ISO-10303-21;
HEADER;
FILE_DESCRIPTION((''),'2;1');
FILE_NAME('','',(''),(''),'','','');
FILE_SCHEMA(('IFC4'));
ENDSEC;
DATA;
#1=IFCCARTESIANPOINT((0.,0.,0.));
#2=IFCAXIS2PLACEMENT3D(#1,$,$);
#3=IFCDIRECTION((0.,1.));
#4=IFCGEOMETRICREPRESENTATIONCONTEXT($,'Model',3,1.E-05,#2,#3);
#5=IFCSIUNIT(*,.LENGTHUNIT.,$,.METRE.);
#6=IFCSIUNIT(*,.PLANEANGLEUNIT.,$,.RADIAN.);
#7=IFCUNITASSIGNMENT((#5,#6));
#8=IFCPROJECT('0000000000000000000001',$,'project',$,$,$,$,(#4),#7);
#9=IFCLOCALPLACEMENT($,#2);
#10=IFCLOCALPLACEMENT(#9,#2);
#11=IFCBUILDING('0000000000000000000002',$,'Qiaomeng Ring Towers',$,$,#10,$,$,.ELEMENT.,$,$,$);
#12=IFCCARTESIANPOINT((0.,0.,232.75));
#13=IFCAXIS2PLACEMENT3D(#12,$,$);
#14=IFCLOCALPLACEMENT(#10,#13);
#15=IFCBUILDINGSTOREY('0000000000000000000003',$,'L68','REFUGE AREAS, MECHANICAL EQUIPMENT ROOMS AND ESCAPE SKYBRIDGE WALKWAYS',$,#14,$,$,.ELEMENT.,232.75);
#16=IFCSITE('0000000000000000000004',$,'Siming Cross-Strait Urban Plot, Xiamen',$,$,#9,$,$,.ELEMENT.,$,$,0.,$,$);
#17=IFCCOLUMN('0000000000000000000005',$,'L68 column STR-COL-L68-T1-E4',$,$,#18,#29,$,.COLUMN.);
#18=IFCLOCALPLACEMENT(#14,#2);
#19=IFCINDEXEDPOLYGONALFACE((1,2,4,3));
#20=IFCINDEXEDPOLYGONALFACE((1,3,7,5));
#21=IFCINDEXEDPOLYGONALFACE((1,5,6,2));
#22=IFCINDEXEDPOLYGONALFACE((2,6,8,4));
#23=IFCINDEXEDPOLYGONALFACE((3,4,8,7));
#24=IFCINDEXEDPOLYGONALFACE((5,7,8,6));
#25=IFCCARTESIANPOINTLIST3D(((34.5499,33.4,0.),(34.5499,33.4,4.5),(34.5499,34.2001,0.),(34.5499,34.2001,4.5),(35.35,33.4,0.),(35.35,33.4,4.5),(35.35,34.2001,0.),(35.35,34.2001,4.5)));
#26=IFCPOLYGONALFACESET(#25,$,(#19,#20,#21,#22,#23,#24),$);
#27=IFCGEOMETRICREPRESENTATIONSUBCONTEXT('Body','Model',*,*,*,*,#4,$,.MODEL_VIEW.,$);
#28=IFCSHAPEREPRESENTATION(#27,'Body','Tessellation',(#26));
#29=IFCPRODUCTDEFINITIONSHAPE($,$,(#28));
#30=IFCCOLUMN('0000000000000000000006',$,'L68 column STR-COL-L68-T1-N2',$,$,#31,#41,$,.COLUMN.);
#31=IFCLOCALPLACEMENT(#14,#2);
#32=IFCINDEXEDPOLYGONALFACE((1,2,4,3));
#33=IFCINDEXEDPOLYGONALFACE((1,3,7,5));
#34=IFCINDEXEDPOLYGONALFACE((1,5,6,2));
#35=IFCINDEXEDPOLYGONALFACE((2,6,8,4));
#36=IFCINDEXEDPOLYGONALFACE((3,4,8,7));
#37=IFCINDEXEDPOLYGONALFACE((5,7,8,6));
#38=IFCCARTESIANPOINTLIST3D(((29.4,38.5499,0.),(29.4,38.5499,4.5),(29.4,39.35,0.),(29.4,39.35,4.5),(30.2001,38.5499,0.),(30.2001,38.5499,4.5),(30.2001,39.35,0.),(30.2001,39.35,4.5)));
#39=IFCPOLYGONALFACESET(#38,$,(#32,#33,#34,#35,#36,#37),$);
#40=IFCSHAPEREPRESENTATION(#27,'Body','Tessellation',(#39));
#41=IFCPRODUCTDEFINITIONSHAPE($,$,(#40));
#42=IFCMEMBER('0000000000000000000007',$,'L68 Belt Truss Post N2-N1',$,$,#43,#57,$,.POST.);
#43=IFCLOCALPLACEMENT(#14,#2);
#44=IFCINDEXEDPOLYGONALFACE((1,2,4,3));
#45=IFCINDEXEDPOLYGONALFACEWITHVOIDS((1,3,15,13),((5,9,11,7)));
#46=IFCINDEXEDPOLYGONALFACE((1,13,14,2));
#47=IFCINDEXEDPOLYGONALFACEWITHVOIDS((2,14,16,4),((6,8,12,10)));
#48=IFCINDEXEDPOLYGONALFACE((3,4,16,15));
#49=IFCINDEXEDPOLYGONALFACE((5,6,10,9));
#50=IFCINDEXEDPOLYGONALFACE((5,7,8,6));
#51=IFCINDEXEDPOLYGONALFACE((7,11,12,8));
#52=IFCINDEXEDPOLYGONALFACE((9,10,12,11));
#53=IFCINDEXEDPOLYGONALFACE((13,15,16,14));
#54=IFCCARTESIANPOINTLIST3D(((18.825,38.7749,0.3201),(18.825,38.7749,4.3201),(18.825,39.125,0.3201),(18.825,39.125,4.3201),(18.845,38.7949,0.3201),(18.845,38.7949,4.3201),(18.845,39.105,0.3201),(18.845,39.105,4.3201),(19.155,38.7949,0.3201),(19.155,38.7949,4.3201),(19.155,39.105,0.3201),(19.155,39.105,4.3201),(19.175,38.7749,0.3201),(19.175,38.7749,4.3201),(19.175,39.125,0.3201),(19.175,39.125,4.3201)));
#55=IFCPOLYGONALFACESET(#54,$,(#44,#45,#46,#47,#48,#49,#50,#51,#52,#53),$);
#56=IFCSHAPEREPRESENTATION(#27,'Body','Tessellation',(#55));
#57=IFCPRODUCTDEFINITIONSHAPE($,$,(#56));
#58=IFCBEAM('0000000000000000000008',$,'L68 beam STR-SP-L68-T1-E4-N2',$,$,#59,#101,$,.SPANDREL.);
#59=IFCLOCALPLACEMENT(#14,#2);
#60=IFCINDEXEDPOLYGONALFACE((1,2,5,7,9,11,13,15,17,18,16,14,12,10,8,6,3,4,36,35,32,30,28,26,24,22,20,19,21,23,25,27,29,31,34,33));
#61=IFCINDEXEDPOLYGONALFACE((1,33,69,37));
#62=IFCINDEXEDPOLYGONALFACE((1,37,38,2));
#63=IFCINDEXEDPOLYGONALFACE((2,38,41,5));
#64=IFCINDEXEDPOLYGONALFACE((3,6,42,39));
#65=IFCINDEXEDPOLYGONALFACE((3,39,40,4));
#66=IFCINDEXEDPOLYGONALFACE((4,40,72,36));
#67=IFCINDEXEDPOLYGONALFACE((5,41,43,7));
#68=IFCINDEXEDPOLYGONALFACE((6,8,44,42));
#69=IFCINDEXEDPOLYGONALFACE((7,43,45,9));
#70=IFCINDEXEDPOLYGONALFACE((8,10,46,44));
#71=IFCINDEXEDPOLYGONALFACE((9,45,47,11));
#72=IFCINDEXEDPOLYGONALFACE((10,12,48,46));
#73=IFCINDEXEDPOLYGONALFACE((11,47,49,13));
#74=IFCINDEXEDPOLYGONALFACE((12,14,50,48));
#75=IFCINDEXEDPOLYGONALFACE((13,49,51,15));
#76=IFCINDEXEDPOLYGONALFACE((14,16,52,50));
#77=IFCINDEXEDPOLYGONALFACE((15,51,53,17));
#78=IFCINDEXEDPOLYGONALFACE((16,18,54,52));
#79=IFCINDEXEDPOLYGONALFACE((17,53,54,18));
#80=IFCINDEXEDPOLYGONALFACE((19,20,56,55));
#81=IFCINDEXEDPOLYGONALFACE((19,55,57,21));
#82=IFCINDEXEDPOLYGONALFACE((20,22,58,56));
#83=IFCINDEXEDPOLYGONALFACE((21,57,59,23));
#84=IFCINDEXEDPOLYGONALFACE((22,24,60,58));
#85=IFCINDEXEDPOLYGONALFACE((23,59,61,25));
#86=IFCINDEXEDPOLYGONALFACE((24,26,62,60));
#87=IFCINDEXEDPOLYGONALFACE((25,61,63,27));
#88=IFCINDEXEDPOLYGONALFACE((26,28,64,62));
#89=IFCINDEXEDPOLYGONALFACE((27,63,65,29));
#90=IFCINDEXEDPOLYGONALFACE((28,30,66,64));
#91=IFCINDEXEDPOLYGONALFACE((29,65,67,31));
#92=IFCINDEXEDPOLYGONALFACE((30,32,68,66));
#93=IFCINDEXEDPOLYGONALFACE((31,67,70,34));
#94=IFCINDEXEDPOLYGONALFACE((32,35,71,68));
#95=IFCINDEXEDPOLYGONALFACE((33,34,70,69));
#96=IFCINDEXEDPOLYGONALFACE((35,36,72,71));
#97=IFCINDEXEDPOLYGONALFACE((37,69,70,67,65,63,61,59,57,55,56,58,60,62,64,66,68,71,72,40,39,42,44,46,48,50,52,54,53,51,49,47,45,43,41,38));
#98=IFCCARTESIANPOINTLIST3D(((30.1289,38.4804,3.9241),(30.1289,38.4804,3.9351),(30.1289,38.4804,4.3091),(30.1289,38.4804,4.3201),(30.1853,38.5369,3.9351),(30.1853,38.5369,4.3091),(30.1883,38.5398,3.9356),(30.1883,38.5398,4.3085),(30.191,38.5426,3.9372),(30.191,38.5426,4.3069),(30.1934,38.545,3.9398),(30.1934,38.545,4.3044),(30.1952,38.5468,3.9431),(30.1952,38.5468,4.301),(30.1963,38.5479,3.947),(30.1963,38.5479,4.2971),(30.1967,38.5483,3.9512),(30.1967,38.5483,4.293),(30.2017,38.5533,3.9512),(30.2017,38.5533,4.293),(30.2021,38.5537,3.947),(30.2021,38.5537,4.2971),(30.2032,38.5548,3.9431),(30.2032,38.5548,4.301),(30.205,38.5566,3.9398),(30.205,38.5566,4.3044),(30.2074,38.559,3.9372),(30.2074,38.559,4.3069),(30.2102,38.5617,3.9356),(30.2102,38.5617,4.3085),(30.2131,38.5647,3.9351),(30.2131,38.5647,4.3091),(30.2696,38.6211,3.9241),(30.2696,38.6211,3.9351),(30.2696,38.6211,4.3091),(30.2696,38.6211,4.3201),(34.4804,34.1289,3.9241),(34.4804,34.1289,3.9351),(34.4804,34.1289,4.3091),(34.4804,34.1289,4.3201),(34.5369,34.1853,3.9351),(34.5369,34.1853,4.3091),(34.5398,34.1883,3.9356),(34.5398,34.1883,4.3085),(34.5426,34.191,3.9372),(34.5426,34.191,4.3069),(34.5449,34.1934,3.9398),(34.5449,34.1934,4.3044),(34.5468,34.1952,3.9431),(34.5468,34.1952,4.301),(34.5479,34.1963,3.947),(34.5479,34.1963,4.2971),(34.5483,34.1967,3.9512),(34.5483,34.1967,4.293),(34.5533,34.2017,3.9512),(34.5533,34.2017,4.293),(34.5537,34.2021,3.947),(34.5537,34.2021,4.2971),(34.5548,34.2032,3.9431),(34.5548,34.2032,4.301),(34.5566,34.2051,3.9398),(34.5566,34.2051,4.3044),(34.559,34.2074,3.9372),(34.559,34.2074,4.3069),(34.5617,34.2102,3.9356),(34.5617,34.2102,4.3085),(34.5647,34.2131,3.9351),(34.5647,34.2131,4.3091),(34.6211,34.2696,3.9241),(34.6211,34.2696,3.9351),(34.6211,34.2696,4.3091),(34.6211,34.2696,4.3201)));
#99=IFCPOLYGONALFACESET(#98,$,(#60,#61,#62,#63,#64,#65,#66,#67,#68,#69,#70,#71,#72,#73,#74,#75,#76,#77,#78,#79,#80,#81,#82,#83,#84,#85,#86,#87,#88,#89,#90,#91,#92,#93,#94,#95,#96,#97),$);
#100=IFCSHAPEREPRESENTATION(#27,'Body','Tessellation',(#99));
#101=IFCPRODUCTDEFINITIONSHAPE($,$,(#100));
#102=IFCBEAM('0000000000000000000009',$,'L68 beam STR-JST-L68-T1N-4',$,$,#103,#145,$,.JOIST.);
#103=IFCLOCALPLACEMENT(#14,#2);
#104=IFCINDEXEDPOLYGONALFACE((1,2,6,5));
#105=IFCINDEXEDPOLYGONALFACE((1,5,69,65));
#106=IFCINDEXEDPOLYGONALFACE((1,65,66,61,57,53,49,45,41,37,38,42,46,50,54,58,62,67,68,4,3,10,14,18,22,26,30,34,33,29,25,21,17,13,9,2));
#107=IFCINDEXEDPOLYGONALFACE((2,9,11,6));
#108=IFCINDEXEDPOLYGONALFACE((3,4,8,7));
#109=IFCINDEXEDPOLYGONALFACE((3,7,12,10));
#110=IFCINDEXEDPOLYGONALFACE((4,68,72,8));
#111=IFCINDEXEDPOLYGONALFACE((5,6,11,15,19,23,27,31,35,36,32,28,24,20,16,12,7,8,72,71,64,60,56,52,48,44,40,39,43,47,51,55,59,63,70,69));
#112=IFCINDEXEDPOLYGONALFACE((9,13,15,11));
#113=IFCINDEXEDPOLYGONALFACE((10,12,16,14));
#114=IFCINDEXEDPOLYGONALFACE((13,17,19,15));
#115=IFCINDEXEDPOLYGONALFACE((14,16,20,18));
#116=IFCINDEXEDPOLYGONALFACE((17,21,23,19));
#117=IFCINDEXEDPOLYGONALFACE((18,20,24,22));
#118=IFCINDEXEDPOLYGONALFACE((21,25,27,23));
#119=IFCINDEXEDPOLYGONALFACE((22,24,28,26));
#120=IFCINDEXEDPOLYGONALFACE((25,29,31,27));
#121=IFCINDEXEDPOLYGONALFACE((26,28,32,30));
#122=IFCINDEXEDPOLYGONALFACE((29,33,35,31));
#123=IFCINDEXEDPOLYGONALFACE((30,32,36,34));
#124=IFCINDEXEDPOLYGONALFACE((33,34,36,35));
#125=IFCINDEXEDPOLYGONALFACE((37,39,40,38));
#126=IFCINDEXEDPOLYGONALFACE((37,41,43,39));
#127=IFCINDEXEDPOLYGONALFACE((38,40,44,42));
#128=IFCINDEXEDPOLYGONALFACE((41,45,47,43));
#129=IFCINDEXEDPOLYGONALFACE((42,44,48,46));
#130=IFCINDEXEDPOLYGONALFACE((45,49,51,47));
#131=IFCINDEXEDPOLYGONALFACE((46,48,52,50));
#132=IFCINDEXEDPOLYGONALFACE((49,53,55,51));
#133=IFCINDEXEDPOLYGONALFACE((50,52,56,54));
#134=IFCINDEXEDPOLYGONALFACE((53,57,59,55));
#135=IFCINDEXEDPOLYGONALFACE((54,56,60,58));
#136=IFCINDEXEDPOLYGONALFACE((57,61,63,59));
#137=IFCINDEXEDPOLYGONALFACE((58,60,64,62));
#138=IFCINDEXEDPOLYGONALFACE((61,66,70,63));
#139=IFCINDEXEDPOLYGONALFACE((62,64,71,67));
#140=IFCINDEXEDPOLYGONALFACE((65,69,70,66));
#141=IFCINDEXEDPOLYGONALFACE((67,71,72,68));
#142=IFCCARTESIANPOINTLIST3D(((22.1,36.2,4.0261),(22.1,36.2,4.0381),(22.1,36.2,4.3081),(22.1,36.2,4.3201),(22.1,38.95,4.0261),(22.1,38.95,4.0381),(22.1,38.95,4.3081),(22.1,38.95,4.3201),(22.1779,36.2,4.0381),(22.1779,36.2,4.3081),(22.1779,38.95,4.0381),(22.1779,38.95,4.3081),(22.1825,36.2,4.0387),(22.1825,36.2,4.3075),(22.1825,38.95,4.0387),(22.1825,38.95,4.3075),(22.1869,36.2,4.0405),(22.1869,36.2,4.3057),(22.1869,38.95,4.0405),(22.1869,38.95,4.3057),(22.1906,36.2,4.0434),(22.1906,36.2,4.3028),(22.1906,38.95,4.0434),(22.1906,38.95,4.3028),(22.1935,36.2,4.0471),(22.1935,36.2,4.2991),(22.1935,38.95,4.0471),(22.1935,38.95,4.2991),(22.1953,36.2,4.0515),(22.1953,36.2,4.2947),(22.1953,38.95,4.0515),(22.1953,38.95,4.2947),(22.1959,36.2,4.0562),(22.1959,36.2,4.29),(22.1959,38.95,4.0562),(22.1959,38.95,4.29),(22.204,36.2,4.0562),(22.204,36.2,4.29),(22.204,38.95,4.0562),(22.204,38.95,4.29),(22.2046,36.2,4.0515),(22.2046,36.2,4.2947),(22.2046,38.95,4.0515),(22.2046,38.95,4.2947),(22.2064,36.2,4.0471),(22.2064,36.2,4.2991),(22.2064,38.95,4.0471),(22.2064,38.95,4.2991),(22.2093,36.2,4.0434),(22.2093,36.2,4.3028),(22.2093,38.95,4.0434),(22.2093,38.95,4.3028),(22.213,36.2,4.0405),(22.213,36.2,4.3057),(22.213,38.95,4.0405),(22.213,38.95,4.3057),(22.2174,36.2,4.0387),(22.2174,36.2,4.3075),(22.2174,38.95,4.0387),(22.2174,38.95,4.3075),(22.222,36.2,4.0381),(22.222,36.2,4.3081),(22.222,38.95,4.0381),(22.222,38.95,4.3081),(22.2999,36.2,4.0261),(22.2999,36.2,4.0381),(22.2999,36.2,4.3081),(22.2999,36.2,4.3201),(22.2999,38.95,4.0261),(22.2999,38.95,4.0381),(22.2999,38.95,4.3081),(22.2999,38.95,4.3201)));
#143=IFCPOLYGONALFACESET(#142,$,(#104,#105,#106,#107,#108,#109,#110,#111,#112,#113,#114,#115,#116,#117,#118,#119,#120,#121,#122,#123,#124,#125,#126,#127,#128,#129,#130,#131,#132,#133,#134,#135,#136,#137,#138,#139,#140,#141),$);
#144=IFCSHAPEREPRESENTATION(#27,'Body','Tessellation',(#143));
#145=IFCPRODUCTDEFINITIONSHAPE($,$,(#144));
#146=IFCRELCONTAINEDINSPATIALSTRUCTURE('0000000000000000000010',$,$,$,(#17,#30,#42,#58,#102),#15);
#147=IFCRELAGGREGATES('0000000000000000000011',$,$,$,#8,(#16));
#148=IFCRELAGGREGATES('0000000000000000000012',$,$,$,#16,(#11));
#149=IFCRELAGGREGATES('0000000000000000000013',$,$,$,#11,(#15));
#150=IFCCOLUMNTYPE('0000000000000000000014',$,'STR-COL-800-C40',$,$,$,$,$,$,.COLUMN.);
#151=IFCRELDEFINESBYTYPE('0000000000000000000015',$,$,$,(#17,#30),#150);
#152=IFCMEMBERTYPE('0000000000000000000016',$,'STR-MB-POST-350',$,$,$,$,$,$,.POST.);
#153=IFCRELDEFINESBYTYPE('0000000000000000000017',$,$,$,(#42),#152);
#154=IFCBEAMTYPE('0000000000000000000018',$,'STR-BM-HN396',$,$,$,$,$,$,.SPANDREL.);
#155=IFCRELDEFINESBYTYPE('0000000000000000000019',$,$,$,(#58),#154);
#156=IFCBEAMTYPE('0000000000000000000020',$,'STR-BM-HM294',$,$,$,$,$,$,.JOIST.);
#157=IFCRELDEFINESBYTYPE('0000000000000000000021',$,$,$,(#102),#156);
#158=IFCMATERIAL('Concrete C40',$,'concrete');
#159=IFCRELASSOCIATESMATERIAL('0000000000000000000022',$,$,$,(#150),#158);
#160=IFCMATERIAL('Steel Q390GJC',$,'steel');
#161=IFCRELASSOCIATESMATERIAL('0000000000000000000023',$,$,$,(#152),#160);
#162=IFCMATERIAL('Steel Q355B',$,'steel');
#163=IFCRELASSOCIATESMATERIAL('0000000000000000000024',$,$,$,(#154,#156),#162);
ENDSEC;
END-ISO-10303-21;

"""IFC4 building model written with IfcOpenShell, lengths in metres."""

from ifc_helpers import new_model, si_unit, direction, frame, origin, origin_2d, place, context, subcontext, project, spatial, rectangle, hollow_rectangle, i_section, extrude, source, transform, mapped, material, material_profile, profile_set, type_object, element, save


model = new_model("IFC4")

# Units and contexts
model_context = context("Model", 3, precision=1e-05, world=origin(), true_north=direction((0.0, 1.0)))
body_context = subcontext(model_context, "Body", "Model", "MODEL_VIEW")
ifc_project = project(units=[si_unit("LENGTHUNIT", "METRE"), si_unit("PLANEANGLEUNIT", "RADIAN")], contexts=[model_context])

# Site, building, storey
site_placement = place(None, origin())
site = spatial("IfcSite", under=ifc_project, at=site_placement, Name="Siming Cross-Strait Urban Plot, Xiamen", CompositionType="ELEMENT", RefElevation=0.0)
building_placement = place(site_placement, origin())
building = spatial("IfcBuilding", under=site, at=building_placement, Name="Qiaomeng Ring Towers", CompositionType="ELEMENT")
storey_placement = place(building_placement, frame((0.0, 0.0, 232.75)))
storey = spatial("IfcBuildingStorey", under=building, at=storey_placement, Name="L68", Description="REFUGE AREAS, MECHANICAL EQUIPMENT ROOMS AND ESCAPE SKYBRIDGE WALKWAYS", CompositionType="ELEMENT", Elevation=232.75)

# Columns
ifc_material_1 = material(Name="Concrete C40", Category="concrete")
ifc_material_profile_1 = material_profile(ifc_material_1, rectangle(XDim=0.8, YDim=0.8, at=origin_2d()), Name="RC COL 800x800")
ifc_profile_set_1 = profile_set([ifc_material_profile_1], Name="Concrete C40")
column_type = type_object("IfcColumnType", Name="STR-COL-800-C40", PredefinedType="COLUMN", material=ifc_profile_set_1)
shared_shape_1 = source(origin(), body_context, "Body", "SweptSolid", [
    extrude(rectangle(XDim=0.8, YDim=0.8, at=origin_2d()), origin(), (0.0, 0.0, 1.0), 4.5),
])
for number, where, z_axis, x_axis, name in (
    (1, (34.95, 33.8, 0.0), (0.0, 0.0, 1.0), (1.0, 0.0, 0.0), "L68 column STR-COL-L68-T1-E4"),
    (2, (29.8, 38.95, 0.0), (0.0, 0.0, 1.0), (1.0, 0.0, 0.0), "L68 column STR-COL-L68-T1-N2"),
):
    element("IfcColumn", number, at=place(storey_placement, frame(where, z_axis=z_axis, x_axis=x_axis)), inside=storey, type_object=column_type, Name=name, PredefinedType="COLUMN", context=body_context, shape_type="MappedRepresentation", body=[
        mapped(shared_shape_1, transform((0.0, 0.0, 0.0), x_axis=(1.0, 0.0, 0.0), y_axis=(0.0, 1.0, 0.0), z_axis=(0.0, 0.0, 1.0), scale=1.0)),
    ])

# Member
ifc_material_2 = material(Name="Steel Q390GJC", Category="steel")
ifc_material_profile_2 = material_profile(ifc_material_2, hollow_rectangle(XDim=0.3501, YDim=0.3501, WallThickness=0.02, at=origin_2d()), Name="SHS 350x350x20")
ifc_profile_set_2 = profile_set([ifc_material_profile_2], Name="Steel Q390GJC")
member_type_1 = type_object("IfcMemberType", Name="STR-MB-POST-350", PredefinedType="POST", material=ifc_profile_set_2)
shared_shape_2 = source(origin(), body_context, "Body", "SweptSolid", [
    extrude(hollow_rectangle(XDim=0.3501, YDim=0.3501, WallThickness=0.02, at=origin_2d()), origin(), (0.0, 0.0, 1.0), 4.0),
])
member_1_placement = place(storey_placement, frame((19.0, 38.95, 0.3201), z_axis=(0.0, 0.0, 1.0), x_axis=(1.0, 0.0, 0.0)))
element("IfcMember", 3, at=member_1_placement, inside=storey, type_object=member_type_1, Name="L68 Belt Truss Post N2-N1", PredefinedType="POST", context=body_context, shape_type="MappedRepresentation", body=[
    mapped(shared_shape_2, transform((0.0, 0.0, 0.0), x_axis=(1.0, 0.0, 0.0), y_axis=(0.0, 1.0, 0.0), z_axis=(0.0, 0.0, 1.0), scale=1.0)),
])

# Beams
ifc_material_3 = material(Name="Steel Q355B", Category="steel")
ifc_material_profile_3 = material_profile(ifc_material_3, i_section(OverallWidth=0.199, OverallDepth=0.396, WebThickness=0.0071, FlangeThickness=0.011, FilletRadius=0.0161, at=origin_2d()), Name="HN 396x199x7x11")
ifc_profile_set_3 = profile_set([ifc_material_profile_3], Name="Steel Q355B")
beam_type_1 = type_object("IfcBeamType", Name="STR-BM-HN396", PredefinedType="SPANDREL", material=ifc_profile_set_3)
shared_shape_3 = source(origin(), body_context, "Body", "SweptSolid", [
    extrude(i_section(OverallWidth=0.199, OverallDepth=0.396, WebThickness=0.0071, FlangeThickness=0.011, FilletRadius=0.0161, at=origin_2d()), origin(), (0.0, 0.0, 1.0), 6.1541),
])
beam_1_placement = place(storey_placement, frame((34.5508, 34.1992, 4.1221), z_axis=(-0.707107, 0.707107, 0.0), x_axis=(-0.707107, -0.707107, 0.0)))
element("IfcBeam", 4, at=beam_1_placement, inside=storey, type_object=beam_type_1, Name="L68 beam STR-SP-L68-T1-E4-N2", PredefinedType="SPANDREL", context=body_context, shape_type="MappedRepresentation", body=[
    mapped(shared_shape_3, transform((0.0, 0.0, 0.0), x_axis=(1.0, 0.0, 0.0), y_axis=(0.0, 1.0, 0.0), z_axis=(0.0, 0.0, 1.0), scale=1.0)),
])
ifc_material_profile_4 = material_profile(ifc_material_3, i_section(OverallWidth=0.2, OverallDepth=0.2939, WebThickness=0.0081, FlangeThickness=0.012, FilletRadius=0.0181, at=origin_2d()), Name="HM 294x200x8x12")
ifc_profile_set_4 = profile_set([ifc_material_profile_4], Name="Steel Q355B")
beam_type_2 = type_object("IfcBeamType", Name="STR-BM-HM294", PredefinedType="JOIST", material=ifc_profile_set_4)
shared_shape_4 = source(origin(), body_context, "Body", "SweptSolid", [
    extrude(i_section(OverallWidth=0.2, OverallDepth=0.2939, WebThickness=0.0081, FlangeThickness=0.012, FilletRadius=0.0181, at=origin_2d()), origin(), (0.0, 0.0, 1.0), 2.75),
])
for number, where, z_axis, x_axis, name in (
    (5, (22.2, 36.2, 4.1731), (0.0, 1.0, 0.0), (-1.0, 0.0, 0.0), "L68 beam STR-JST-L68-T1N-4"),
):
    element("IfcBeam", number, at=place(storey_placement, frame(where, z_axis=z_axis, x_axis=x_axis)), inside=storey, type_object=beam_type_2, Name=name, PredefinedType="JOIST", context=body_context, shape_type="MappedRepresentation", body=[
        mapped(shared_shape_4, transform((0.0, 0.0, 0.0), x_axis=(1.0, 0.0, 0.0), y_axis=(0.0, 1.0, 0.0), z_axis=(0.0, 0.0, 1.0), scale=1.0)),
    ])

save(model, "model.ifc")
